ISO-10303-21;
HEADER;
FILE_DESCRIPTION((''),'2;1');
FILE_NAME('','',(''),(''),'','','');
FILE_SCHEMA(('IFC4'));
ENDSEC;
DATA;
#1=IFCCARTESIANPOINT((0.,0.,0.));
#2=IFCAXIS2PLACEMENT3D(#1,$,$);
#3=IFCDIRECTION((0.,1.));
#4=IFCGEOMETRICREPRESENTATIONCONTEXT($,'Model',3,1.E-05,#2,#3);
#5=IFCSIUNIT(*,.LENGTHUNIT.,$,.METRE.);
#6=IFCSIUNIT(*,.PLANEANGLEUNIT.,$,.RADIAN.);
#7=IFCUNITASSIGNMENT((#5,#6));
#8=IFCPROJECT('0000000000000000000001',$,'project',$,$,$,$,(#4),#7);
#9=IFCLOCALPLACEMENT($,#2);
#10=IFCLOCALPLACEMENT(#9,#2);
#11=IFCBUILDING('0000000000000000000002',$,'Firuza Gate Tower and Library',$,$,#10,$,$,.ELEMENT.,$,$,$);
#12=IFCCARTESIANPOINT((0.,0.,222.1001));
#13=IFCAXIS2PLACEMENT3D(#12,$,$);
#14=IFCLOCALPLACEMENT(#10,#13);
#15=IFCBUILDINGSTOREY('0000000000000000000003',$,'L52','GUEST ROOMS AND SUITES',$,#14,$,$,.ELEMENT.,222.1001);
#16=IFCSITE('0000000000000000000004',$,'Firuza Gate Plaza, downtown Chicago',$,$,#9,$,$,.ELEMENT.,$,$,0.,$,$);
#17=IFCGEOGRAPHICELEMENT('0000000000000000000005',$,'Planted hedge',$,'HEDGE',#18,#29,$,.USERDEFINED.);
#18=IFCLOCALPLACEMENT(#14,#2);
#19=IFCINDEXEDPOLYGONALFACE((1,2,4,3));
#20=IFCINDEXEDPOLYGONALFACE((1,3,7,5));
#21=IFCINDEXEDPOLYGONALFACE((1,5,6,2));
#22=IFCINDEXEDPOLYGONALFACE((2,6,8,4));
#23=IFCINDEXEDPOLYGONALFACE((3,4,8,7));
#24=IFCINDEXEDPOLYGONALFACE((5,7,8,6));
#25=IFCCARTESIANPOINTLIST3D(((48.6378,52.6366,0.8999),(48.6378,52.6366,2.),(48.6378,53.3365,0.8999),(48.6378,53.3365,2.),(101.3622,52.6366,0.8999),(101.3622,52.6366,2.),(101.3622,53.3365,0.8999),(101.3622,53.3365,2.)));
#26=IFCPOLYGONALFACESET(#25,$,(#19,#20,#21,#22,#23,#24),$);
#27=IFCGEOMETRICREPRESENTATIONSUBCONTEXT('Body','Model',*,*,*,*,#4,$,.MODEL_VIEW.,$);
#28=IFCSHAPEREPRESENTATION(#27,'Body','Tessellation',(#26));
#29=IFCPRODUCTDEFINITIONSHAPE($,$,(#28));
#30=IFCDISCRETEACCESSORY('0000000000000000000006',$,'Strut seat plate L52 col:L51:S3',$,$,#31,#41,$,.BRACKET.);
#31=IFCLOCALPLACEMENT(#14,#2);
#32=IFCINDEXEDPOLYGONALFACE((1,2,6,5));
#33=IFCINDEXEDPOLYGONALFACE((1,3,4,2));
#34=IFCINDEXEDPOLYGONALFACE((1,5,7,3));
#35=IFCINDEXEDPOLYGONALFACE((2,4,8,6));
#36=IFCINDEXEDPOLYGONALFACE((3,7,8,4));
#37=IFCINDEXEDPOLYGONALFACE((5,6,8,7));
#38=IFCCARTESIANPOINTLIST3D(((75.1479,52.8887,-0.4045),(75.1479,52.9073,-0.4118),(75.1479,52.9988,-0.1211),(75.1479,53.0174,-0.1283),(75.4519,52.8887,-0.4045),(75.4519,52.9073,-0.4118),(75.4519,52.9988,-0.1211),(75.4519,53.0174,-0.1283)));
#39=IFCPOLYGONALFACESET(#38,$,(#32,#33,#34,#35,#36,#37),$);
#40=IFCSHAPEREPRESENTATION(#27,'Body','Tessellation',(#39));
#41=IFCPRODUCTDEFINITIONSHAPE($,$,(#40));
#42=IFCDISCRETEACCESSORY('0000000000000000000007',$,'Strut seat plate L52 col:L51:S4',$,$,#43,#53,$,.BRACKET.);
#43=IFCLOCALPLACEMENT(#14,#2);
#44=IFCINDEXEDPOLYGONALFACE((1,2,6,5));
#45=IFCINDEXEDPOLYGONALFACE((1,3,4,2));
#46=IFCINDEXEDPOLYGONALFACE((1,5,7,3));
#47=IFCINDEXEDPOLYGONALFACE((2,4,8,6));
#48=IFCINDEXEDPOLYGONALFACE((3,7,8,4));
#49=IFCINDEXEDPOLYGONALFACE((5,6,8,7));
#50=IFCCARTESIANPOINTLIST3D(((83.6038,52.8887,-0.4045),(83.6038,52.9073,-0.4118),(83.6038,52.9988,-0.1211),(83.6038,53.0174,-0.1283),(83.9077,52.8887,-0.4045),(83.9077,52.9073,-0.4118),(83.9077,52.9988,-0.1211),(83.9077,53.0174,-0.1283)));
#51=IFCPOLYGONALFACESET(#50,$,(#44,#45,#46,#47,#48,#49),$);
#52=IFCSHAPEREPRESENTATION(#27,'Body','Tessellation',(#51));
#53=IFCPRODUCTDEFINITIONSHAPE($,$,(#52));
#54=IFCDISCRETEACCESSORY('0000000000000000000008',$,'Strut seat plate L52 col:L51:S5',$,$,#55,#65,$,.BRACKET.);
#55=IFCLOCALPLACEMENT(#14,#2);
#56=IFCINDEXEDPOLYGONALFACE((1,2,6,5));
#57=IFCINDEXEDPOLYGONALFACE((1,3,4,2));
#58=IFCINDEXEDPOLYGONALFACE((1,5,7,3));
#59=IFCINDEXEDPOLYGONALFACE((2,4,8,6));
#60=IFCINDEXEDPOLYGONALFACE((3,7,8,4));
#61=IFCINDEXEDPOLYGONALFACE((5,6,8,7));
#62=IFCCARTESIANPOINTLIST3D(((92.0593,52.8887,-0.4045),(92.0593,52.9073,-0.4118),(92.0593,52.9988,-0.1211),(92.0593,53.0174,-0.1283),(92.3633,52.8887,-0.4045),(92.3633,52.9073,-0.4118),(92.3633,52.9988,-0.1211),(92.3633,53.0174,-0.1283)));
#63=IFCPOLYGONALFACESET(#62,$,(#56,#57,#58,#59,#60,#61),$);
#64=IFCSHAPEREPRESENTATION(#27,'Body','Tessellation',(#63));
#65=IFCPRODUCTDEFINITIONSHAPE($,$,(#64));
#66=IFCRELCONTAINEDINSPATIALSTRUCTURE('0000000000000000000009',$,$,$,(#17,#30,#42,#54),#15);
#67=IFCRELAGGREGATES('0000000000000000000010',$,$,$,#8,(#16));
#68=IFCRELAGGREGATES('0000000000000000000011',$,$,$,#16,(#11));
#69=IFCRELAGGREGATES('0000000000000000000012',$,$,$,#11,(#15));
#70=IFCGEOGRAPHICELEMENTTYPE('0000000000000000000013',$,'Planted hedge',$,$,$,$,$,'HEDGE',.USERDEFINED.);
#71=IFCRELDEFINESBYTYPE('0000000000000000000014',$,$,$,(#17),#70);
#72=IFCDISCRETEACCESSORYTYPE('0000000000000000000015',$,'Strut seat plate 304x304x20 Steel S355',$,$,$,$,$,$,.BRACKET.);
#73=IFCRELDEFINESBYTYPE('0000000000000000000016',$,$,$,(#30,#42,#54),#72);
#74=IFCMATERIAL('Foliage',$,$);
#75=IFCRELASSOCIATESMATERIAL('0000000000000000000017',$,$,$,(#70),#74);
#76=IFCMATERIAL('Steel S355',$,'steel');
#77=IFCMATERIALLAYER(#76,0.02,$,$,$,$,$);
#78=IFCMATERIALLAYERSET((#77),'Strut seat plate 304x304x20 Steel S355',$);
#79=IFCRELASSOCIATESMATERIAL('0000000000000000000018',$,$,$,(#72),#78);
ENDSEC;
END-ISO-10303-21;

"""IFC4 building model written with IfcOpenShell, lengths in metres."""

from ifc_helpers import new_model, si_unit, direction, frame, origin, origin_2d, place, context, subcontext, project, spatial, polyline, rectangle, outline, extrude, material, layer, layer_set, type_object, element, save


model = new_model("IFC4")

# Units and contexts
model_context = context("Model", 3, precision=1e-05, world=origin(), true_north=direction((0.0, 1.0)))
body_context = subcontext(model_context, "Body", "Model", "MODEL_VIEW")
ifc_project = project(units=[si_unit("LENGTHUNIT", "METRE"), si_unit("PLANEANGLEUNIT", "RADIAN")], contexts=[model_context])

# Site, building, storey
site_placement = place(None, origin())
site = spatial("IfcSite", under=ifc_project, at=site_placement, Name="Firuza Gate Plaza, downtown Chicago", CompositionType="ELEMENT", RefElevation=0.0)
building_placement = place(site_placement, origin())
building = spatial("IfcBuilding", under=site, at=building_placement, Name="Firuza Gate Tower and Library", CompositionType="ELEMENT")
storey_placement = place(building_placement, frame((0.0, 0.0, 222.1001)))
storey = spatial("IfcBuildingStorey", under=building, at=storey_placement, Name="L52", Description="GUEST ROOMS AND SUITES", CompositionType="ELEMENT", Elevation=222.1001)

# Geographic element
ifc_material_1 = material(Name="Foliage")
geographic_element_type = type_object("IfcGeographicElementType", Name="Planted hedge", ElementType="HEDGE", PredefinedType="USERDEFINED", material=ifc_material_1)
geographic_element_placement = place(storey_placement, frame((75.0, 52.9866, 0.8999), z_axis=(0.0, 0.0, 1.0), x_axis=(1.0, 0.0, 0.0)))
element("IfcGeographicElement", 1, at=geographic_element_placement, inside=storey, type_object=geographic_element_type, Name="Planted hedge", ObjectType="HEDGE", PredefinedType="USERDEFINED", context=body_context, shape_type="SweptSolid", body=[
    extrude(rectangle(XDim=52.7244, YDim=0.7, at=origin_2d()), origin(), (0.0, 0.0, 1.0), 1.1001),
])

# Discrete accessories
ifc_material_2 = material(Name="Steel S355", Category="steel")
ifc_layer_1 = layer(ifc_material_2, 0.02)
ifc_layer_set_1 = layer_set([ifc_layer_1], Name="Strut seat plate 304x304x20 Steel S355")
discrete_accessory_type = type_object("IfcDiscreteAccessoryType", Name="Strut seat plate 304x304x20 Steel S355", PredefinedType="BRACKET", material=ifc_layer_set_1)
for number, where, z_axis, x_axis, name in (
    (2, (75.1479, 52.9988, -0.1211), (0.0, -0.93214, 0.362098), (1.0, 0.0, 0.0), "Strut seat plate L52 col:L51:S3"),
    (3, (83.6038, 52.9988, -0.1211), (0.0, -0.93214, 0.362098), (1.0, 0.0, 0.0), "Strut seat plate L52 col:L51:S4"),
    (4, (92.0593, 52.9988, -0.1211), (0.0, -0.93214, 0.362098), (1.0, 0.0, 0.0), "Strut seat plate L52 col:L51:S5"),
):
    element("IfcDiscreteAccessory", number, at=place(storey_placement, frame(where, z_axis=z_axis, x_axis=x_axis)), inside=storey, type_object=discrete_accessory_type, Name=name, PredefinedType="BRACKET", context=body_context, shape_type="SweptSolid", body=[
        extrude(outline(polyline([(0.0, 0.0), (0.304, 0.0), (0.304, -0.3041), (0.0, -0.3041), (0.0, 0.0)])), origin(), (0.0, 0.0, -1.0), 0.02),
    ])

save(model, "model.ifc")
